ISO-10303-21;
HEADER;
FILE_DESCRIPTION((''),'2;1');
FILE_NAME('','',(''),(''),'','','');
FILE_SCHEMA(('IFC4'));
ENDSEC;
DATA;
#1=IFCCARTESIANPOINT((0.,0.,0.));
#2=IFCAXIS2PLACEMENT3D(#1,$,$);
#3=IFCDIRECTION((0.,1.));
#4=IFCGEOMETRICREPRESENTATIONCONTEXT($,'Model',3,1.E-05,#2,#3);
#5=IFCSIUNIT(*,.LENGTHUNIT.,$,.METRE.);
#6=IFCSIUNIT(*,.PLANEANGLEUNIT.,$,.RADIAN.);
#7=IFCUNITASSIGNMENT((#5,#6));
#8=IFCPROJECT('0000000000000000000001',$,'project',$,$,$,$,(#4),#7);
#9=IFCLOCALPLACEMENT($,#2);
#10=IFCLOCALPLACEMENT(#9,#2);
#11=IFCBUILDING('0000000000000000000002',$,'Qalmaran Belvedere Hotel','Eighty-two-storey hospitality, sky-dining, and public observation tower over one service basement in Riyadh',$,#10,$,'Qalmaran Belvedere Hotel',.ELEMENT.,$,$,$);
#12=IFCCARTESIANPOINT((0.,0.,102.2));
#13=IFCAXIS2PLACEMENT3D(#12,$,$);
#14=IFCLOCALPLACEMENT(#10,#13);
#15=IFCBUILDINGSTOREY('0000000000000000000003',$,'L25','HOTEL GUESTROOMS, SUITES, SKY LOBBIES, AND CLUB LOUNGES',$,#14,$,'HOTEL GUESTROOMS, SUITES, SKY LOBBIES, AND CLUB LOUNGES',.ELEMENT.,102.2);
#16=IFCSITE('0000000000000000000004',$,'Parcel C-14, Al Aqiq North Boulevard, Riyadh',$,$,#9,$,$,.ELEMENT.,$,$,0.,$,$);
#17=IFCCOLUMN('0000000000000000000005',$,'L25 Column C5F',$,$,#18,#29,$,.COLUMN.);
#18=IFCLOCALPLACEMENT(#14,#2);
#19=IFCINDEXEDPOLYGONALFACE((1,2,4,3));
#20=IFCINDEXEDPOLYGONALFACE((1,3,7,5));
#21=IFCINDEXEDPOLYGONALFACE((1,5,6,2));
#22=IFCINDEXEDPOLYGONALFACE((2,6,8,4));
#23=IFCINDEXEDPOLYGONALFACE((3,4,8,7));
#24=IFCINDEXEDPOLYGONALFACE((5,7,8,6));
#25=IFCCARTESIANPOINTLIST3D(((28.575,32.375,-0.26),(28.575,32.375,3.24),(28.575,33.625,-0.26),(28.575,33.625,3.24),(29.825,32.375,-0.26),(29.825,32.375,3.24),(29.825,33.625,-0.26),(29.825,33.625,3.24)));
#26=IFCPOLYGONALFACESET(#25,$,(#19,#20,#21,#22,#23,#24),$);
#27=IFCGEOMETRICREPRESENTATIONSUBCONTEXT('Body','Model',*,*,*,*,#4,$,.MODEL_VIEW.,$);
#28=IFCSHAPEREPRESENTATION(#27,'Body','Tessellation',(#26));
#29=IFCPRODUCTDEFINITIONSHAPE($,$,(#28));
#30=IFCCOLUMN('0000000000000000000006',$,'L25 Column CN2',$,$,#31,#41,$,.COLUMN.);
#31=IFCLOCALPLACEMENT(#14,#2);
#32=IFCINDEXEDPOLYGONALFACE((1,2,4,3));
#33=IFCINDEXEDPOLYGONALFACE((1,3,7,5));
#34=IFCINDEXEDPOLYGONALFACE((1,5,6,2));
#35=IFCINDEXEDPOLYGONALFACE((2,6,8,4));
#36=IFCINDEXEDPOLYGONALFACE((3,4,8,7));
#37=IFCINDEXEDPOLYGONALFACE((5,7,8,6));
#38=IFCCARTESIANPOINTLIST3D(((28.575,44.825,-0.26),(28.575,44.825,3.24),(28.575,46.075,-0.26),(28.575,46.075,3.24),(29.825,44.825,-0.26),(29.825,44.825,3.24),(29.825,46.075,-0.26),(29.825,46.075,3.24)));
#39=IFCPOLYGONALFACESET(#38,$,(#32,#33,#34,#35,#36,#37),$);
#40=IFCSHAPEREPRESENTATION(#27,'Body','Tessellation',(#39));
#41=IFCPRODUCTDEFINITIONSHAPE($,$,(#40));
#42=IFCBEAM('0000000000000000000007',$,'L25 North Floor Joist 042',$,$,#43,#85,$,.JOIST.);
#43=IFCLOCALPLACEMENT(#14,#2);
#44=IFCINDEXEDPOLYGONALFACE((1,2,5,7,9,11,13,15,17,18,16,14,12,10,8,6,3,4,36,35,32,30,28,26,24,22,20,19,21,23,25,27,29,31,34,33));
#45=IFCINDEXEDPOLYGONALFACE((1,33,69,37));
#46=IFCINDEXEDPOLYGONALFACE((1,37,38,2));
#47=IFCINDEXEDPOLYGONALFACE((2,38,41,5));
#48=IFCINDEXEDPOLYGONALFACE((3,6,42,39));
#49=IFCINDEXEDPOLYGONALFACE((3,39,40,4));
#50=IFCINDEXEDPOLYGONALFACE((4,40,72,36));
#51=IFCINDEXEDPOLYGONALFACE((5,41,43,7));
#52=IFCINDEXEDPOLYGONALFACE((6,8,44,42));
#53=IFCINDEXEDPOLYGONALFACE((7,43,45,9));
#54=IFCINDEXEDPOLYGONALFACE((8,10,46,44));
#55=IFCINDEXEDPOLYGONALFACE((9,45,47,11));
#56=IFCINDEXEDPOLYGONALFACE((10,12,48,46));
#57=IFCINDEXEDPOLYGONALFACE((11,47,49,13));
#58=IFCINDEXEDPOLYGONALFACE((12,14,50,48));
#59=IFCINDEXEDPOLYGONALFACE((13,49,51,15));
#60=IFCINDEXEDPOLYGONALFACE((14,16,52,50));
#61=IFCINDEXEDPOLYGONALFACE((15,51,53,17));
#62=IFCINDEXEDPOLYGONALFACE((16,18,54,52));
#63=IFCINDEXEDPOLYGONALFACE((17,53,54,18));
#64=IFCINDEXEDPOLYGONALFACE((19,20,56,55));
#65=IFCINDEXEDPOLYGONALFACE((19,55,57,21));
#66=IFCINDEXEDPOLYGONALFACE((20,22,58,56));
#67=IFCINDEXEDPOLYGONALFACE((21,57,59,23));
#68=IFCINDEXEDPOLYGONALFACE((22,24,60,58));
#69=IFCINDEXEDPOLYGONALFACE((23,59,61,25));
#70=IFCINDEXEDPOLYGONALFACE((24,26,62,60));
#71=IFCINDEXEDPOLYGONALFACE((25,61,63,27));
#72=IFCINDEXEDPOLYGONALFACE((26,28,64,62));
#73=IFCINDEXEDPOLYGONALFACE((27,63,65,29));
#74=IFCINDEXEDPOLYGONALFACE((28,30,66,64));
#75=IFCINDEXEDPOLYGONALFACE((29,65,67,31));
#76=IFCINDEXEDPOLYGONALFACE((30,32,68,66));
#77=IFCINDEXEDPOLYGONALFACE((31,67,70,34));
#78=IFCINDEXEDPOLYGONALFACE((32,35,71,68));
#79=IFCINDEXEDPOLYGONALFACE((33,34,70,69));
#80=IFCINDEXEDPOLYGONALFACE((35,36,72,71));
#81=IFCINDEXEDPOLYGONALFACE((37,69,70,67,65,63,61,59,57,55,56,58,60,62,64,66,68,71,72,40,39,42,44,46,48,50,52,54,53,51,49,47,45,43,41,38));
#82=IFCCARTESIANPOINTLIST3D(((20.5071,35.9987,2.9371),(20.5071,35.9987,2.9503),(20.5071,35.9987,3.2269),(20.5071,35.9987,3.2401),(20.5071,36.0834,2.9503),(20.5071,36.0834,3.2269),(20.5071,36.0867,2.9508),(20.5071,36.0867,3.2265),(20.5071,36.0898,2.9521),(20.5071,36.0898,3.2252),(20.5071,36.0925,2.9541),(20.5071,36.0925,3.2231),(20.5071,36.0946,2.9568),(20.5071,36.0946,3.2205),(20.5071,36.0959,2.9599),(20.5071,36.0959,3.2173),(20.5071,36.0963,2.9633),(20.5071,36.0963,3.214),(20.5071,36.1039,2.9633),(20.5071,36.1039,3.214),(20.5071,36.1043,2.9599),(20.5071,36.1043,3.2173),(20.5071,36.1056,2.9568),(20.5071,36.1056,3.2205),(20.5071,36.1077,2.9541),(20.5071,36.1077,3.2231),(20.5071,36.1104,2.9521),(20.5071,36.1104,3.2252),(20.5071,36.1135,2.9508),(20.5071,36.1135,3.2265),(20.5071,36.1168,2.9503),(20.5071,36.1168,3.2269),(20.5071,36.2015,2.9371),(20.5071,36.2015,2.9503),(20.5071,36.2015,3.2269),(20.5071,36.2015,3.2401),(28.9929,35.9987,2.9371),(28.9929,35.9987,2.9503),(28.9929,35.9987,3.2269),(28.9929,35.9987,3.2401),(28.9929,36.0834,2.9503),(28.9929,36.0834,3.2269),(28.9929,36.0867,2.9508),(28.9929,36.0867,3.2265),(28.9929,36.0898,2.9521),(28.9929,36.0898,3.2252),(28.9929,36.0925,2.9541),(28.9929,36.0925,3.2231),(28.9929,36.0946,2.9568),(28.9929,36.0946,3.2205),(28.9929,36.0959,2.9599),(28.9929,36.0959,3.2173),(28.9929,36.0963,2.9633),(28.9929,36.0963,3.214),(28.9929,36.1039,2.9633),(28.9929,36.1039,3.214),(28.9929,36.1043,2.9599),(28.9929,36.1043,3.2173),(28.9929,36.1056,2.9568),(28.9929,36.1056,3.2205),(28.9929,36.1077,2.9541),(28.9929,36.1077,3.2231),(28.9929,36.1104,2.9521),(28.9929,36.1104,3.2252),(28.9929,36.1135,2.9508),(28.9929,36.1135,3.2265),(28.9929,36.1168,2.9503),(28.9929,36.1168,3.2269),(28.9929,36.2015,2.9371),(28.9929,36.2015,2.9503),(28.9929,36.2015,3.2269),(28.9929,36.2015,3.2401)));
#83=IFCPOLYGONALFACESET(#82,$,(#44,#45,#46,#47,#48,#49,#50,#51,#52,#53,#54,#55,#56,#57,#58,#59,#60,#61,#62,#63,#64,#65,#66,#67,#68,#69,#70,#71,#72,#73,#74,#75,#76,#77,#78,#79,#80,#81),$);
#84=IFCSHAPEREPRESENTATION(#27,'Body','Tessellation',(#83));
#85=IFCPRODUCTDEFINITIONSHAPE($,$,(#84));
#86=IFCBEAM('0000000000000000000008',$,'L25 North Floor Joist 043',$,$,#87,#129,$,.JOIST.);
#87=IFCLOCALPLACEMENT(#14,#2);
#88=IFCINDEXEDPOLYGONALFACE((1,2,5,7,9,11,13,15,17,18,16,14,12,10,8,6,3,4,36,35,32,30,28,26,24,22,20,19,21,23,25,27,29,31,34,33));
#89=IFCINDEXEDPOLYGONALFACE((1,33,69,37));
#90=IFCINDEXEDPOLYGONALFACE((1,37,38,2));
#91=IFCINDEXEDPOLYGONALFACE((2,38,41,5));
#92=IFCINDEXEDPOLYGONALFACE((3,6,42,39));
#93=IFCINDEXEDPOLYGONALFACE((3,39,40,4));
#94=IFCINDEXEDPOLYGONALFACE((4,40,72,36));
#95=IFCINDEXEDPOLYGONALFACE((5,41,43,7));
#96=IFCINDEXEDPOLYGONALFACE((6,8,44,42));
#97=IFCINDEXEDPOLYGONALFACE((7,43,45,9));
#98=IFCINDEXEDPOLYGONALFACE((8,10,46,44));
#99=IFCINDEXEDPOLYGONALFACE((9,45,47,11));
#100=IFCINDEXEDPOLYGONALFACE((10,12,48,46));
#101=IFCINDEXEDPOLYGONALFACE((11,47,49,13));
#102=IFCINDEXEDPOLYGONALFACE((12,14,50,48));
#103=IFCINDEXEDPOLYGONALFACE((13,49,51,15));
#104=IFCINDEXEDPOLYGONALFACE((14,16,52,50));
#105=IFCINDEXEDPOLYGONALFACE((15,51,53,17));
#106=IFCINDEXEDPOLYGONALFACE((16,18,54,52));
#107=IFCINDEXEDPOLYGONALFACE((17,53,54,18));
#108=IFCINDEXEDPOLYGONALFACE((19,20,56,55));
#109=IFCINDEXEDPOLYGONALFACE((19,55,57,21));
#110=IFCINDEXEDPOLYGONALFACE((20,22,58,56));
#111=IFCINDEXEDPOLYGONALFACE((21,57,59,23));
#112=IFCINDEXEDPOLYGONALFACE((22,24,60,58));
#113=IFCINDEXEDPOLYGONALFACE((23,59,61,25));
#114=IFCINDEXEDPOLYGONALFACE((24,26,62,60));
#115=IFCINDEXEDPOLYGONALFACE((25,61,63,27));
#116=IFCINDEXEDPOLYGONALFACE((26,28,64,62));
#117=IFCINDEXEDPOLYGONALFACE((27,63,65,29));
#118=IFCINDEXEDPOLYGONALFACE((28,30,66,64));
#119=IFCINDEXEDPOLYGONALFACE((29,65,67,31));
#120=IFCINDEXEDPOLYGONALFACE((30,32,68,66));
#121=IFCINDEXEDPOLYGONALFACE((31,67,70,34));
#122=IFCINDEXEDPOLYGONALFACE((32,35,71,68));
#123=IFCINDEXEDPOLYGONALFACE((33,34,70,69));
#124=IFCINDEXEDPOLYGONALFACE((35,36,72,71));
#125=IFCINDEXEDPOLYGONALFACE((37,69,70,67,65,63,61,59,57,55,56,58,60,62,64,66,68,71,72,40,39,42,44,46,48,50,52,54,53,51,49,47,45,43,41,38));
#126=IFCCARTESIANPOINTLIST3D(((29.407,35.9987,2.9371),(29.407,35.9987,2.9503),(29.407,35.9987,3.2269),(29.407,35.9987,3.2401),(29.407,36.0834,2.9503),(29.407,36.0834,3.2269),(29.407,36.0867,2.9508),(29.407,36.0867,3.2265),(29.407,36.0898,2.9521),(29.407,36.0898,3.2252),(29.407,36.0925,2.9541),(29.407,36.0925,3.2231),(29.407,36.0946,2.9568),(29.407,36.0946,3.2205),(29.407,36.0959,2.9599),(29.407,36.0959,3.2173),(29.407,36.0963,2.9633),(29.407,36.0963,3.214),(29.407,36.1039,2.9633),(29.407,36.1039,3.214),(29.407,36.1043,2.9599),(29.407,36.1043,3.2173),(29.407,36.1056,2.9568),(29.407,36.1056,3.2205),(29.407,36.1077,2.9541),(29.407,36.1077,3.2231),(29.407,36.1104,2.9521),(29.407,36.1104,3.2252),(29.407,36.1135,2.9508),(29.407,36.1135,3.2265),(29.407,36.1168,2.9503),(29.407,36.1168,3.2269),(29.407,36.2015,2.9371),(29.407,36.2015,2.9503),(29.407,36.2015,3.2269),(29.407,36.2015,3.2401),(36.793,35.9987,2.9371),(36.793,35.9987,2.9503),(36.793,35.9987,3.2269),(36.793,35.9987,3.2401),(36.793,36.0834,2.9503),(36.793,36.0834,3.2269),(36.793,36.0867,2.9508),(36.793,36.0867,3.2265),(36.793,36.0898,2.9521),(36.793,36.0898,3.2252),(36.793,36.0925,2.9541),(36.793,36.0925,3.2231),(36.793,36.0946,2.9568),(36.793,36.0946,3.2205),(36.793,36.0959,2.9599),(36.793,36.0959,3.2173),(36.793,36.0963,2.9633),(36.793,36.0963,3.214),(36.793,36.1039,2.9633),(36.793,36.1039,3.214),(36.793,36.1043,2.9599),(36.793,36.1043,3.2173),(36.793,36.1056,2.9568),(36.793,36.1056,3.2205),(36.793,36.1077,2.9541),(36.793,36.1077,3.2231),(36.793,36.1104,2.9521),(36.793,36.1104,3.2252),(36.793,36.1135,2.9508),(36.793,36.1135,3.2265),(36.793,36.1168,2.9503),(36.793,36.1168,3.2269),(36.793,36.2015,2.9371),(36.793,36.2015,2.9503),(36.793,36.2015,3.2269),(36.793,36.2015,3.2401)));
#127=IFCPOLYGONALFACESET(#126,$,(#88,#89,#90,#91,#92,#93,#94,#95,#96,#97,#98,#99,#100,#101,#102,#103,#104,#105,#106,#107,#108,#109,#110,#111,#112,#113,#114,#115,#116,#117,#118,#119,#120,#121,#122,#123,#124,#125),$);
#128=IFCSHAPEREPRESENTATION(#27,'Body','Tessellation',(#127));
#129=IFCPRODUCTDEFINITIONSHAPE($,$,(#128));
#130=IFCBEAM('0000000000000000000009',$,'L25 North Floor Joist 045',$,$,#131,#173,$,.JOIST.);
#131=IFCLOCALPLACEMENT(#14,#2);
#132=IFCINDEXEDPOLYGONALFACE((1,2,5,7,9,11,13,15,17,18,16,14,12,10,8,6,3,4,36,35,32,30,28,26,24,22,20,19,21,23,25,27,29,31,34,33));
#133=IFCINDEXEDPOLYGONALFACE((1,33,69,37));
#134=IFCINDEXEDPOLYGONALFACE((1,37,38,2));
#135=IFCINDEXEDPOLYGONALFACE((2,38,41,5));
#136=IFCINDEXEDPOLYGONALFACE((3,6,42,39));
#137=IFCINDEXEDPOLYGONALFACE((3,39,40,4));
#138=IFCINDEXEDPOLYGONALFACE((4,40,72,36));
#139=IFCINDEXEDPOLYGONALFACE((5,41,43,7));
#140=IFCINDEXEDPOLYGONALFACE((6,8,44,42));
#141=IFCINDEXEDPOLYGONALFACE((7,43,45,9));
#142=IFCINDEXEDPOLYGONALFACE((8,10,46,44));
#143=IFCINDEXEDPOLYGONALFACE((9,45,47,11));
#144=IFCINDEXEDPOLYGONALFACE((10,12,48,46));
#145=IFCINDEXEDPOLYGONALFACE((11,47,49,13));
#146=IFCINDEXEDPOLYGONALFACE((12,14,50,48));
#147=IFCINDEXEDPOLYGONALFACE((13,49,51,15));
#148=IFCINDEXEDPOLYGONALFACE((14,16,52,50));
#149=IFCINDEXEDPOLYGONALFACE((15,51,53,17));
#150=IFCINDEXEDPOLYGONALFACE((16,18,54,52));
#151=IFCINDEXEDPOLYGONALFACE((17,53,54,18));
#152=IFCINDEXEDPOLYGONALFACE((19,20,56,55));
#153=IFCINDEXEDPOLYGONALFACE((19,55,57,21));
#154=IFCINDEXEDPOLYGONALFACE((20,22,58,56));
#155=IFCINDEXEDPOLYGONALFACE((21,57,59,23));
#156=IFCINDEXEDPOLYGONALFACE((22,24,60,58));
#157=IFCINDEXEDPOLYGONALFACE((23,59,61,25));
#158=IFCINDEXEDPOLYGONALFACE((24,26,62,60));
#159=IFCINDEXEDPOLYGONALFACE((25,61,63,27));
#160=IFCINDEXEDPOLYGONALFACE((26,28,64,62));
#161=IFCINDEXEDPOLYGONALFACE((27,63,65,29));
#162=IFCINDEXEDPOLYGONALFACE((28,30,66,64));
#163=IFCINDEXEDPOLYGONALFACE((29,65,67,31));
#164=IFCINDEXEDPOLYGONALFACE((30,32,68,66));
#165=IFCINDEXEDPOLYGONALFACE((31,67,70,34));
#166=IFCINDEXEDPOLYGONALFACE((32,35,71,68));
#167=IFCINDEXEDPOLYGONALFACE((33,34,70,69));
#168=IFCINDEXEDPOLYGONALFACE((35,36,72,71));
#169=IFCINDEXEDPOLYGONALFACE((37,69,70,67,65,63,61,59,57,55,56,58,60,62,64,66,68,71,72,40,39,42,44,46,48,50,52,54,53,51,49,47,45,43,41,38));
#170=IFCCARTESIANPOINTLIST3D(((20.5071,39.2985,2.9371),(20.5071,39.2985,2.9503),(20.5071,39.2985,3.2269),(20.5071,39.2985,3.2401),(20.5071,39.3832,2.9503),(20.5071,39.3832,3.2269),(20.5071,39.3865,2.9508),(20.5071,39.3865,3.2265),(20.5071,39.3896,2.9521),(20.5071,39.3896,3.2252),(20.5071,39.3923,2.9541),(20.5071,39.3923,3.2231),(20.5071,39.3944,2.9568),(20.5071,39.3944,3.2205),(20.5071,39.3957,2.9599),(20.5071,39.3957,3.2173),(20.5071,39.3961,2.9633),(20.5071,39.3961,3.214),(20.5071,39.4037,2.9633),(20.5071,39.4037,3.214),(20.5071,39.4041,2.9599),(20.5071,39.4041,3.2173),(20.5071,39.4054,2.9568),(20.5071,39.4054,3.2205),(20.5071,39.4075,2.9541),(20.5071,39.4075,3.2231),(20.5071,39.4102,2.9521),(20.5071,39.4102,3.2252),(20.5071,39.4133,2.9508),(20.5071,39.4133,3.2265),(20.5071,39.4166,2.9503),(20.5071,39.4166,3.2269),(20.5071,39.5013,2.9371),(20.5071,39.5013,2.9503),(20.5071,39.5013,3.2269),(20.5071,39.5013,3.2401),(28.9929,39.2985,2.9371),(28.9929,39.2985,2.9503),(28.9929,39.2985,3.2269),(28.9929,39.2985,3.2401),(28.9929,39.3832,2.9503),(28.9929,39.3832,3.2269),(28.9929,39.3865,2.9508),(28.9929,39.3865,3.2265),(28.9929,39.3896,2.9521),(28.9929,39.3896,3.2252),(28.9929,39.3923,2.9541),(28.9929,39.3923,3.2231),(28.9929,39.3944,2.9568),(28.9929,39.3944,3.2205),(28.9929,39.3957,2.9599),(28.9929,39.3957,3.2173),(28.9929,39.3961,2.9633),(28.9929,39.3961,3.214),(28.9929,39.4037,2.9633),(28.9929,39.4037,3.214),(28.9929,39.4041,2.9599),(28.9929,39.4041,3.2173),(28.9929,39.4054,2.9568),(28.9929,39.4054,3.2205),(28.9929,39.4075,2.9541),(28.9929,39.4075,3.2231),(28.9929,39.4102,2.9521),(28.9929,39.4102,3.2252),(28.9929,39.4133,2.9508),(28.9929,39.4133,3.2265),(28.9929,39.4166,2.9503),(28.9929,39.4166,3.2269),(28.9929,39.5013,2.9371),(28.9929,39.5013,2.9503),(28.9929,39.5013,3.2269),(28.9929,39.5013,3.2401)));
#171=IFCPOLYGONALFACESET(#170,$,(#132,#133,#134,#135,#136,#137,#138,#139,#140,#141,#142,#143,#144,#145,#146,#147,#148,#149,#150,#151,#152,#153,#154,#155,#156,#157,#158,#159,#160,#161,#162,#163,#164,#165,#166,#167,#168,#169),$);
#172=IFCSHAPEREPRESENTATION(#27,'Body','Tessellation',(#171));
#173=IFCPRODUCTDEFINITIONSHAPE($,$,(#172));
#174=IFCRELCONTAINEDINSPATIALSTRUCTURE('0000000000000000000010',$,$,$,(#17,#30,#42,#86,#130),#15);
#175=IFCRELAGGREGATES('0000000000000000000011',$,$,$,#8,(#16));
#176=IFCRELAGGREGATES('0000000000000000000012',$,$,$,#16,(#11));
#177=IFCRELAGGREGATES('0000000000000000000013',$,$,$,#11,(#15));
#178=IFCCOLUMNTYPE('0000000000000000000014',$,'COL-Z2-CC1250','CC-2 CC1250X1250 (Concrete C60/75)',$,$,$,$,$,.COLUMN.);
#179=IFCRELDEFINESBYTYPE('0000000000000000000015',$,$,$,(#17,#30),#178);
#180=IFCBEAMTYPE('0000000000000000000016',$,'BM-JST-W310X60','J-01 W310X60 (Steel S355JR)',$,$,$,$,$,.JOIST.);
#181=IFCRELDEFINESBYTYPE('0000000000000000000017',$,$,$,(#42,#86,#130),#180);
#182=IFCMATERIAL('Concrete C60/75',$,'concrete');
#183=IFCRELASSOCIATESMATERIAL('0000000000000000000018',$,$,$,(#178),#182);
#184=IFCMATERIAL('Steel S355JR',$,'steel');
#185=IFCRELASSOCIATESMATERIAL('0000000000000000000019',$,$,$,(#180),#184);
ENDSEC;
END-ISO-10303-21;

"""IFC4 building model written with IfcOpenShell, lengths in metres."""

from ifc_helpers import new_model, si_unit, direction, frame, origin, origin_2d, place, context, subcontext, project, spatial, rectangle, i_section, extrude, material, material_profile, profile_set, type_object, element, save


model = new_model("IFC4")

# Units and contexts
model_context = context("Model", 3, precision=1e-05, world=origin(), true_north=direction((0.0, 1.0)))
body_context = subcontext(model_context, "Body", "Model", "MODEL_VIEW")
ifc_project = project(units=[si_unit("LENGTHUNIT", "METRE"), si_unit("PLANEANGLEUNIT", "RADIAN")], contexts=[model_context])

# Site, building, storey
site_placement = place(None, origin())
site = spatial("IfcSite", under=ifc_project, at=site_placement, Name="Parcel C-14, Al Aqiq North Boulevard, Riyadh", CompositionType="ELEMENT", RefElevation=0.0)
building_placement = place(site_placement, origin())
building = spatial("IfcBuilding", under=site, at=building_placement, Name="Qalmaran Belvedere Hotel", Description="Eighty-two-storey hospitality, sky-dining, and public observation tower over one service basement in Riyadh", LongName="Qalmaran Belvedere Hotel", CompositionType="ELEMENT")
storey_placement = place(building_placement, frame((0.0, 0.0, 102.2)))
storey = spatial("IfcBuildingStorey", under=building, at=storey_placement, Name="L25", Description="HOTEL GUESTROOMS, SUITES, SKY LOBBIES, AND CLUB LOUNGES", LongName="HOTEL GUESTROOMS, SUITES, SKY LOBBIES, AND CLUB LOUNGES", CompositionType="ELEMENT", Elevation=102.2)

# Columns
ifc_material_1 = material(Name="Concrete C60/75", Category="concrete")
ifc_material_profile_1 = material_profile(ifc_material_1, rectangle(XDim=1.25, YDim=1.25, at=origin_2d()), Name="CC1250X1250")
ifc_profile_set_1 = profile_set([ifc_material_profile_1], Name="Concrete C60/75")
column_type = type_object("IfcColumnType", Name="COL-Z2-CC1250", Description="CC-2 CC1250X1250 (Concrete C60/75)", PredefinedType="COLUMN", material=ifc_profile_set_1)
for number, where, z_axis, x_axis, name in (
    (1, (29.2, 33.0, -0.26), (0.0, 0.0, 1.0), (1.0, 0.0, 0.0), "L25 Column C5F"),
    (2, (29.2, 45.45, -0.26), (0.0, 0.0, 1.0), (1.0, 0.0, 0.0), "L25 Column CN2"),
):
    element("IfcColumn", number, at=place(storey_placement, frame(where, z_axis=z_axis, x_axis=x_axis)), inside=storey, type_object=column_type, Name=name, PredefinedType="COLUMN", context=body_context, shape_type="SweptSolid", body=[
        extrude(rectangle(XDim=1.25, YDim=1.25, at=origin_2d()), origin(), (0.0, 0.0, 1.0), 3.5),
    ])

# Beams
ifc_material_2 = material(Name="Steel S355JR", Category="steel")
ifc_material_profile_2 = material_profile(ifc_material_2, i_section(OverallWidth=0.2029, OverallDepth=0.303, WebThickness=0.0076, FlangeThickness=0.0132, FilletRadius=0.0129, at=origin_2d()), Name="W310X60")
ifc_profile_set_2 = profile_set([ifc_material_profile_2], Name="Steel S355JR")
beam_type_1 = type_object("IfcBeamType", Name="BM-JST-W310X60", Description="J-01 W310X60 (Steel S355JR)", PredefinedType="JOIST", material=ifc_profile_set_2)
beam_1_placement = place(storey_placement, frame((20.5071, 36.1001, 3.0886), z_axis=(1.0, 0.0, 0.0), x_axis=(0.0, 1.0, 0.0)))
element("IfcBeam", 3, at=beam_1_placement, inside=storey, type_object=beam_type_1, Name="L25 North Floor Joist 042", PredefinedType="JOIST", context=body_context, shape_type="SweptSolid", body=[
    extrude(i_section(OverallWidth=0.2029, OverallDepth=0.303, WebThickness=0.0076, FlangeThickness=0.0132, FilletRadius=0.0129, at=origin_2d()), origin(), (0.0, 0.0, 1.0), 8.4858),
])
beam_2_placement = place(storey_placement, frame((29.407, 36.1001, 3.0886), z_axis=(1.0, 0.0, 0.0), x_axis=(0.0, 1.0, 0.0)))
element("IfcBeam", 4, at=beam_2_placement, inside=storey, type_object=beam_type_1, Name="L25 North Floor Joist 043", PredefinedType="JOIST", context=body_context, shape_type="SweptSolid", body=[
    extrude(i_section(OverallWidth=0.2029, OverallDepth=0.303, WebThickness=0.0076, FlangeThickness=0.0132, FilletRadius=0.0129, at=origin_2d()), origin(), (0.0, 0.0, 1.0), 7.386),
])
beam_3_placement = place(storey_placement, frame((20.5071, 39.3999, 3.0886), z_axis=(1.0, 0.0, 0.0), x_axis=(0.0, 1.0, 0.0)))
element("IfcBeam", 5, at=beam_3_placement, inside=storey, type_object=beam_type_1, Name="L25 North Floor Joist 045", PredefinedType="JOIST", context=body_context, shape_type="SweptSolid", body=[
    extrude(i_section(OverallWidth=0.2029, OverallDepth=0.303, WebThickness=0.0076, FlangeThickness=0.0132, FilletRadius=0.0129, at=origin_2d()), origin(), (0.0, 0.0, 1.0), 8.4858),
])

save(model, "model.ifc")
